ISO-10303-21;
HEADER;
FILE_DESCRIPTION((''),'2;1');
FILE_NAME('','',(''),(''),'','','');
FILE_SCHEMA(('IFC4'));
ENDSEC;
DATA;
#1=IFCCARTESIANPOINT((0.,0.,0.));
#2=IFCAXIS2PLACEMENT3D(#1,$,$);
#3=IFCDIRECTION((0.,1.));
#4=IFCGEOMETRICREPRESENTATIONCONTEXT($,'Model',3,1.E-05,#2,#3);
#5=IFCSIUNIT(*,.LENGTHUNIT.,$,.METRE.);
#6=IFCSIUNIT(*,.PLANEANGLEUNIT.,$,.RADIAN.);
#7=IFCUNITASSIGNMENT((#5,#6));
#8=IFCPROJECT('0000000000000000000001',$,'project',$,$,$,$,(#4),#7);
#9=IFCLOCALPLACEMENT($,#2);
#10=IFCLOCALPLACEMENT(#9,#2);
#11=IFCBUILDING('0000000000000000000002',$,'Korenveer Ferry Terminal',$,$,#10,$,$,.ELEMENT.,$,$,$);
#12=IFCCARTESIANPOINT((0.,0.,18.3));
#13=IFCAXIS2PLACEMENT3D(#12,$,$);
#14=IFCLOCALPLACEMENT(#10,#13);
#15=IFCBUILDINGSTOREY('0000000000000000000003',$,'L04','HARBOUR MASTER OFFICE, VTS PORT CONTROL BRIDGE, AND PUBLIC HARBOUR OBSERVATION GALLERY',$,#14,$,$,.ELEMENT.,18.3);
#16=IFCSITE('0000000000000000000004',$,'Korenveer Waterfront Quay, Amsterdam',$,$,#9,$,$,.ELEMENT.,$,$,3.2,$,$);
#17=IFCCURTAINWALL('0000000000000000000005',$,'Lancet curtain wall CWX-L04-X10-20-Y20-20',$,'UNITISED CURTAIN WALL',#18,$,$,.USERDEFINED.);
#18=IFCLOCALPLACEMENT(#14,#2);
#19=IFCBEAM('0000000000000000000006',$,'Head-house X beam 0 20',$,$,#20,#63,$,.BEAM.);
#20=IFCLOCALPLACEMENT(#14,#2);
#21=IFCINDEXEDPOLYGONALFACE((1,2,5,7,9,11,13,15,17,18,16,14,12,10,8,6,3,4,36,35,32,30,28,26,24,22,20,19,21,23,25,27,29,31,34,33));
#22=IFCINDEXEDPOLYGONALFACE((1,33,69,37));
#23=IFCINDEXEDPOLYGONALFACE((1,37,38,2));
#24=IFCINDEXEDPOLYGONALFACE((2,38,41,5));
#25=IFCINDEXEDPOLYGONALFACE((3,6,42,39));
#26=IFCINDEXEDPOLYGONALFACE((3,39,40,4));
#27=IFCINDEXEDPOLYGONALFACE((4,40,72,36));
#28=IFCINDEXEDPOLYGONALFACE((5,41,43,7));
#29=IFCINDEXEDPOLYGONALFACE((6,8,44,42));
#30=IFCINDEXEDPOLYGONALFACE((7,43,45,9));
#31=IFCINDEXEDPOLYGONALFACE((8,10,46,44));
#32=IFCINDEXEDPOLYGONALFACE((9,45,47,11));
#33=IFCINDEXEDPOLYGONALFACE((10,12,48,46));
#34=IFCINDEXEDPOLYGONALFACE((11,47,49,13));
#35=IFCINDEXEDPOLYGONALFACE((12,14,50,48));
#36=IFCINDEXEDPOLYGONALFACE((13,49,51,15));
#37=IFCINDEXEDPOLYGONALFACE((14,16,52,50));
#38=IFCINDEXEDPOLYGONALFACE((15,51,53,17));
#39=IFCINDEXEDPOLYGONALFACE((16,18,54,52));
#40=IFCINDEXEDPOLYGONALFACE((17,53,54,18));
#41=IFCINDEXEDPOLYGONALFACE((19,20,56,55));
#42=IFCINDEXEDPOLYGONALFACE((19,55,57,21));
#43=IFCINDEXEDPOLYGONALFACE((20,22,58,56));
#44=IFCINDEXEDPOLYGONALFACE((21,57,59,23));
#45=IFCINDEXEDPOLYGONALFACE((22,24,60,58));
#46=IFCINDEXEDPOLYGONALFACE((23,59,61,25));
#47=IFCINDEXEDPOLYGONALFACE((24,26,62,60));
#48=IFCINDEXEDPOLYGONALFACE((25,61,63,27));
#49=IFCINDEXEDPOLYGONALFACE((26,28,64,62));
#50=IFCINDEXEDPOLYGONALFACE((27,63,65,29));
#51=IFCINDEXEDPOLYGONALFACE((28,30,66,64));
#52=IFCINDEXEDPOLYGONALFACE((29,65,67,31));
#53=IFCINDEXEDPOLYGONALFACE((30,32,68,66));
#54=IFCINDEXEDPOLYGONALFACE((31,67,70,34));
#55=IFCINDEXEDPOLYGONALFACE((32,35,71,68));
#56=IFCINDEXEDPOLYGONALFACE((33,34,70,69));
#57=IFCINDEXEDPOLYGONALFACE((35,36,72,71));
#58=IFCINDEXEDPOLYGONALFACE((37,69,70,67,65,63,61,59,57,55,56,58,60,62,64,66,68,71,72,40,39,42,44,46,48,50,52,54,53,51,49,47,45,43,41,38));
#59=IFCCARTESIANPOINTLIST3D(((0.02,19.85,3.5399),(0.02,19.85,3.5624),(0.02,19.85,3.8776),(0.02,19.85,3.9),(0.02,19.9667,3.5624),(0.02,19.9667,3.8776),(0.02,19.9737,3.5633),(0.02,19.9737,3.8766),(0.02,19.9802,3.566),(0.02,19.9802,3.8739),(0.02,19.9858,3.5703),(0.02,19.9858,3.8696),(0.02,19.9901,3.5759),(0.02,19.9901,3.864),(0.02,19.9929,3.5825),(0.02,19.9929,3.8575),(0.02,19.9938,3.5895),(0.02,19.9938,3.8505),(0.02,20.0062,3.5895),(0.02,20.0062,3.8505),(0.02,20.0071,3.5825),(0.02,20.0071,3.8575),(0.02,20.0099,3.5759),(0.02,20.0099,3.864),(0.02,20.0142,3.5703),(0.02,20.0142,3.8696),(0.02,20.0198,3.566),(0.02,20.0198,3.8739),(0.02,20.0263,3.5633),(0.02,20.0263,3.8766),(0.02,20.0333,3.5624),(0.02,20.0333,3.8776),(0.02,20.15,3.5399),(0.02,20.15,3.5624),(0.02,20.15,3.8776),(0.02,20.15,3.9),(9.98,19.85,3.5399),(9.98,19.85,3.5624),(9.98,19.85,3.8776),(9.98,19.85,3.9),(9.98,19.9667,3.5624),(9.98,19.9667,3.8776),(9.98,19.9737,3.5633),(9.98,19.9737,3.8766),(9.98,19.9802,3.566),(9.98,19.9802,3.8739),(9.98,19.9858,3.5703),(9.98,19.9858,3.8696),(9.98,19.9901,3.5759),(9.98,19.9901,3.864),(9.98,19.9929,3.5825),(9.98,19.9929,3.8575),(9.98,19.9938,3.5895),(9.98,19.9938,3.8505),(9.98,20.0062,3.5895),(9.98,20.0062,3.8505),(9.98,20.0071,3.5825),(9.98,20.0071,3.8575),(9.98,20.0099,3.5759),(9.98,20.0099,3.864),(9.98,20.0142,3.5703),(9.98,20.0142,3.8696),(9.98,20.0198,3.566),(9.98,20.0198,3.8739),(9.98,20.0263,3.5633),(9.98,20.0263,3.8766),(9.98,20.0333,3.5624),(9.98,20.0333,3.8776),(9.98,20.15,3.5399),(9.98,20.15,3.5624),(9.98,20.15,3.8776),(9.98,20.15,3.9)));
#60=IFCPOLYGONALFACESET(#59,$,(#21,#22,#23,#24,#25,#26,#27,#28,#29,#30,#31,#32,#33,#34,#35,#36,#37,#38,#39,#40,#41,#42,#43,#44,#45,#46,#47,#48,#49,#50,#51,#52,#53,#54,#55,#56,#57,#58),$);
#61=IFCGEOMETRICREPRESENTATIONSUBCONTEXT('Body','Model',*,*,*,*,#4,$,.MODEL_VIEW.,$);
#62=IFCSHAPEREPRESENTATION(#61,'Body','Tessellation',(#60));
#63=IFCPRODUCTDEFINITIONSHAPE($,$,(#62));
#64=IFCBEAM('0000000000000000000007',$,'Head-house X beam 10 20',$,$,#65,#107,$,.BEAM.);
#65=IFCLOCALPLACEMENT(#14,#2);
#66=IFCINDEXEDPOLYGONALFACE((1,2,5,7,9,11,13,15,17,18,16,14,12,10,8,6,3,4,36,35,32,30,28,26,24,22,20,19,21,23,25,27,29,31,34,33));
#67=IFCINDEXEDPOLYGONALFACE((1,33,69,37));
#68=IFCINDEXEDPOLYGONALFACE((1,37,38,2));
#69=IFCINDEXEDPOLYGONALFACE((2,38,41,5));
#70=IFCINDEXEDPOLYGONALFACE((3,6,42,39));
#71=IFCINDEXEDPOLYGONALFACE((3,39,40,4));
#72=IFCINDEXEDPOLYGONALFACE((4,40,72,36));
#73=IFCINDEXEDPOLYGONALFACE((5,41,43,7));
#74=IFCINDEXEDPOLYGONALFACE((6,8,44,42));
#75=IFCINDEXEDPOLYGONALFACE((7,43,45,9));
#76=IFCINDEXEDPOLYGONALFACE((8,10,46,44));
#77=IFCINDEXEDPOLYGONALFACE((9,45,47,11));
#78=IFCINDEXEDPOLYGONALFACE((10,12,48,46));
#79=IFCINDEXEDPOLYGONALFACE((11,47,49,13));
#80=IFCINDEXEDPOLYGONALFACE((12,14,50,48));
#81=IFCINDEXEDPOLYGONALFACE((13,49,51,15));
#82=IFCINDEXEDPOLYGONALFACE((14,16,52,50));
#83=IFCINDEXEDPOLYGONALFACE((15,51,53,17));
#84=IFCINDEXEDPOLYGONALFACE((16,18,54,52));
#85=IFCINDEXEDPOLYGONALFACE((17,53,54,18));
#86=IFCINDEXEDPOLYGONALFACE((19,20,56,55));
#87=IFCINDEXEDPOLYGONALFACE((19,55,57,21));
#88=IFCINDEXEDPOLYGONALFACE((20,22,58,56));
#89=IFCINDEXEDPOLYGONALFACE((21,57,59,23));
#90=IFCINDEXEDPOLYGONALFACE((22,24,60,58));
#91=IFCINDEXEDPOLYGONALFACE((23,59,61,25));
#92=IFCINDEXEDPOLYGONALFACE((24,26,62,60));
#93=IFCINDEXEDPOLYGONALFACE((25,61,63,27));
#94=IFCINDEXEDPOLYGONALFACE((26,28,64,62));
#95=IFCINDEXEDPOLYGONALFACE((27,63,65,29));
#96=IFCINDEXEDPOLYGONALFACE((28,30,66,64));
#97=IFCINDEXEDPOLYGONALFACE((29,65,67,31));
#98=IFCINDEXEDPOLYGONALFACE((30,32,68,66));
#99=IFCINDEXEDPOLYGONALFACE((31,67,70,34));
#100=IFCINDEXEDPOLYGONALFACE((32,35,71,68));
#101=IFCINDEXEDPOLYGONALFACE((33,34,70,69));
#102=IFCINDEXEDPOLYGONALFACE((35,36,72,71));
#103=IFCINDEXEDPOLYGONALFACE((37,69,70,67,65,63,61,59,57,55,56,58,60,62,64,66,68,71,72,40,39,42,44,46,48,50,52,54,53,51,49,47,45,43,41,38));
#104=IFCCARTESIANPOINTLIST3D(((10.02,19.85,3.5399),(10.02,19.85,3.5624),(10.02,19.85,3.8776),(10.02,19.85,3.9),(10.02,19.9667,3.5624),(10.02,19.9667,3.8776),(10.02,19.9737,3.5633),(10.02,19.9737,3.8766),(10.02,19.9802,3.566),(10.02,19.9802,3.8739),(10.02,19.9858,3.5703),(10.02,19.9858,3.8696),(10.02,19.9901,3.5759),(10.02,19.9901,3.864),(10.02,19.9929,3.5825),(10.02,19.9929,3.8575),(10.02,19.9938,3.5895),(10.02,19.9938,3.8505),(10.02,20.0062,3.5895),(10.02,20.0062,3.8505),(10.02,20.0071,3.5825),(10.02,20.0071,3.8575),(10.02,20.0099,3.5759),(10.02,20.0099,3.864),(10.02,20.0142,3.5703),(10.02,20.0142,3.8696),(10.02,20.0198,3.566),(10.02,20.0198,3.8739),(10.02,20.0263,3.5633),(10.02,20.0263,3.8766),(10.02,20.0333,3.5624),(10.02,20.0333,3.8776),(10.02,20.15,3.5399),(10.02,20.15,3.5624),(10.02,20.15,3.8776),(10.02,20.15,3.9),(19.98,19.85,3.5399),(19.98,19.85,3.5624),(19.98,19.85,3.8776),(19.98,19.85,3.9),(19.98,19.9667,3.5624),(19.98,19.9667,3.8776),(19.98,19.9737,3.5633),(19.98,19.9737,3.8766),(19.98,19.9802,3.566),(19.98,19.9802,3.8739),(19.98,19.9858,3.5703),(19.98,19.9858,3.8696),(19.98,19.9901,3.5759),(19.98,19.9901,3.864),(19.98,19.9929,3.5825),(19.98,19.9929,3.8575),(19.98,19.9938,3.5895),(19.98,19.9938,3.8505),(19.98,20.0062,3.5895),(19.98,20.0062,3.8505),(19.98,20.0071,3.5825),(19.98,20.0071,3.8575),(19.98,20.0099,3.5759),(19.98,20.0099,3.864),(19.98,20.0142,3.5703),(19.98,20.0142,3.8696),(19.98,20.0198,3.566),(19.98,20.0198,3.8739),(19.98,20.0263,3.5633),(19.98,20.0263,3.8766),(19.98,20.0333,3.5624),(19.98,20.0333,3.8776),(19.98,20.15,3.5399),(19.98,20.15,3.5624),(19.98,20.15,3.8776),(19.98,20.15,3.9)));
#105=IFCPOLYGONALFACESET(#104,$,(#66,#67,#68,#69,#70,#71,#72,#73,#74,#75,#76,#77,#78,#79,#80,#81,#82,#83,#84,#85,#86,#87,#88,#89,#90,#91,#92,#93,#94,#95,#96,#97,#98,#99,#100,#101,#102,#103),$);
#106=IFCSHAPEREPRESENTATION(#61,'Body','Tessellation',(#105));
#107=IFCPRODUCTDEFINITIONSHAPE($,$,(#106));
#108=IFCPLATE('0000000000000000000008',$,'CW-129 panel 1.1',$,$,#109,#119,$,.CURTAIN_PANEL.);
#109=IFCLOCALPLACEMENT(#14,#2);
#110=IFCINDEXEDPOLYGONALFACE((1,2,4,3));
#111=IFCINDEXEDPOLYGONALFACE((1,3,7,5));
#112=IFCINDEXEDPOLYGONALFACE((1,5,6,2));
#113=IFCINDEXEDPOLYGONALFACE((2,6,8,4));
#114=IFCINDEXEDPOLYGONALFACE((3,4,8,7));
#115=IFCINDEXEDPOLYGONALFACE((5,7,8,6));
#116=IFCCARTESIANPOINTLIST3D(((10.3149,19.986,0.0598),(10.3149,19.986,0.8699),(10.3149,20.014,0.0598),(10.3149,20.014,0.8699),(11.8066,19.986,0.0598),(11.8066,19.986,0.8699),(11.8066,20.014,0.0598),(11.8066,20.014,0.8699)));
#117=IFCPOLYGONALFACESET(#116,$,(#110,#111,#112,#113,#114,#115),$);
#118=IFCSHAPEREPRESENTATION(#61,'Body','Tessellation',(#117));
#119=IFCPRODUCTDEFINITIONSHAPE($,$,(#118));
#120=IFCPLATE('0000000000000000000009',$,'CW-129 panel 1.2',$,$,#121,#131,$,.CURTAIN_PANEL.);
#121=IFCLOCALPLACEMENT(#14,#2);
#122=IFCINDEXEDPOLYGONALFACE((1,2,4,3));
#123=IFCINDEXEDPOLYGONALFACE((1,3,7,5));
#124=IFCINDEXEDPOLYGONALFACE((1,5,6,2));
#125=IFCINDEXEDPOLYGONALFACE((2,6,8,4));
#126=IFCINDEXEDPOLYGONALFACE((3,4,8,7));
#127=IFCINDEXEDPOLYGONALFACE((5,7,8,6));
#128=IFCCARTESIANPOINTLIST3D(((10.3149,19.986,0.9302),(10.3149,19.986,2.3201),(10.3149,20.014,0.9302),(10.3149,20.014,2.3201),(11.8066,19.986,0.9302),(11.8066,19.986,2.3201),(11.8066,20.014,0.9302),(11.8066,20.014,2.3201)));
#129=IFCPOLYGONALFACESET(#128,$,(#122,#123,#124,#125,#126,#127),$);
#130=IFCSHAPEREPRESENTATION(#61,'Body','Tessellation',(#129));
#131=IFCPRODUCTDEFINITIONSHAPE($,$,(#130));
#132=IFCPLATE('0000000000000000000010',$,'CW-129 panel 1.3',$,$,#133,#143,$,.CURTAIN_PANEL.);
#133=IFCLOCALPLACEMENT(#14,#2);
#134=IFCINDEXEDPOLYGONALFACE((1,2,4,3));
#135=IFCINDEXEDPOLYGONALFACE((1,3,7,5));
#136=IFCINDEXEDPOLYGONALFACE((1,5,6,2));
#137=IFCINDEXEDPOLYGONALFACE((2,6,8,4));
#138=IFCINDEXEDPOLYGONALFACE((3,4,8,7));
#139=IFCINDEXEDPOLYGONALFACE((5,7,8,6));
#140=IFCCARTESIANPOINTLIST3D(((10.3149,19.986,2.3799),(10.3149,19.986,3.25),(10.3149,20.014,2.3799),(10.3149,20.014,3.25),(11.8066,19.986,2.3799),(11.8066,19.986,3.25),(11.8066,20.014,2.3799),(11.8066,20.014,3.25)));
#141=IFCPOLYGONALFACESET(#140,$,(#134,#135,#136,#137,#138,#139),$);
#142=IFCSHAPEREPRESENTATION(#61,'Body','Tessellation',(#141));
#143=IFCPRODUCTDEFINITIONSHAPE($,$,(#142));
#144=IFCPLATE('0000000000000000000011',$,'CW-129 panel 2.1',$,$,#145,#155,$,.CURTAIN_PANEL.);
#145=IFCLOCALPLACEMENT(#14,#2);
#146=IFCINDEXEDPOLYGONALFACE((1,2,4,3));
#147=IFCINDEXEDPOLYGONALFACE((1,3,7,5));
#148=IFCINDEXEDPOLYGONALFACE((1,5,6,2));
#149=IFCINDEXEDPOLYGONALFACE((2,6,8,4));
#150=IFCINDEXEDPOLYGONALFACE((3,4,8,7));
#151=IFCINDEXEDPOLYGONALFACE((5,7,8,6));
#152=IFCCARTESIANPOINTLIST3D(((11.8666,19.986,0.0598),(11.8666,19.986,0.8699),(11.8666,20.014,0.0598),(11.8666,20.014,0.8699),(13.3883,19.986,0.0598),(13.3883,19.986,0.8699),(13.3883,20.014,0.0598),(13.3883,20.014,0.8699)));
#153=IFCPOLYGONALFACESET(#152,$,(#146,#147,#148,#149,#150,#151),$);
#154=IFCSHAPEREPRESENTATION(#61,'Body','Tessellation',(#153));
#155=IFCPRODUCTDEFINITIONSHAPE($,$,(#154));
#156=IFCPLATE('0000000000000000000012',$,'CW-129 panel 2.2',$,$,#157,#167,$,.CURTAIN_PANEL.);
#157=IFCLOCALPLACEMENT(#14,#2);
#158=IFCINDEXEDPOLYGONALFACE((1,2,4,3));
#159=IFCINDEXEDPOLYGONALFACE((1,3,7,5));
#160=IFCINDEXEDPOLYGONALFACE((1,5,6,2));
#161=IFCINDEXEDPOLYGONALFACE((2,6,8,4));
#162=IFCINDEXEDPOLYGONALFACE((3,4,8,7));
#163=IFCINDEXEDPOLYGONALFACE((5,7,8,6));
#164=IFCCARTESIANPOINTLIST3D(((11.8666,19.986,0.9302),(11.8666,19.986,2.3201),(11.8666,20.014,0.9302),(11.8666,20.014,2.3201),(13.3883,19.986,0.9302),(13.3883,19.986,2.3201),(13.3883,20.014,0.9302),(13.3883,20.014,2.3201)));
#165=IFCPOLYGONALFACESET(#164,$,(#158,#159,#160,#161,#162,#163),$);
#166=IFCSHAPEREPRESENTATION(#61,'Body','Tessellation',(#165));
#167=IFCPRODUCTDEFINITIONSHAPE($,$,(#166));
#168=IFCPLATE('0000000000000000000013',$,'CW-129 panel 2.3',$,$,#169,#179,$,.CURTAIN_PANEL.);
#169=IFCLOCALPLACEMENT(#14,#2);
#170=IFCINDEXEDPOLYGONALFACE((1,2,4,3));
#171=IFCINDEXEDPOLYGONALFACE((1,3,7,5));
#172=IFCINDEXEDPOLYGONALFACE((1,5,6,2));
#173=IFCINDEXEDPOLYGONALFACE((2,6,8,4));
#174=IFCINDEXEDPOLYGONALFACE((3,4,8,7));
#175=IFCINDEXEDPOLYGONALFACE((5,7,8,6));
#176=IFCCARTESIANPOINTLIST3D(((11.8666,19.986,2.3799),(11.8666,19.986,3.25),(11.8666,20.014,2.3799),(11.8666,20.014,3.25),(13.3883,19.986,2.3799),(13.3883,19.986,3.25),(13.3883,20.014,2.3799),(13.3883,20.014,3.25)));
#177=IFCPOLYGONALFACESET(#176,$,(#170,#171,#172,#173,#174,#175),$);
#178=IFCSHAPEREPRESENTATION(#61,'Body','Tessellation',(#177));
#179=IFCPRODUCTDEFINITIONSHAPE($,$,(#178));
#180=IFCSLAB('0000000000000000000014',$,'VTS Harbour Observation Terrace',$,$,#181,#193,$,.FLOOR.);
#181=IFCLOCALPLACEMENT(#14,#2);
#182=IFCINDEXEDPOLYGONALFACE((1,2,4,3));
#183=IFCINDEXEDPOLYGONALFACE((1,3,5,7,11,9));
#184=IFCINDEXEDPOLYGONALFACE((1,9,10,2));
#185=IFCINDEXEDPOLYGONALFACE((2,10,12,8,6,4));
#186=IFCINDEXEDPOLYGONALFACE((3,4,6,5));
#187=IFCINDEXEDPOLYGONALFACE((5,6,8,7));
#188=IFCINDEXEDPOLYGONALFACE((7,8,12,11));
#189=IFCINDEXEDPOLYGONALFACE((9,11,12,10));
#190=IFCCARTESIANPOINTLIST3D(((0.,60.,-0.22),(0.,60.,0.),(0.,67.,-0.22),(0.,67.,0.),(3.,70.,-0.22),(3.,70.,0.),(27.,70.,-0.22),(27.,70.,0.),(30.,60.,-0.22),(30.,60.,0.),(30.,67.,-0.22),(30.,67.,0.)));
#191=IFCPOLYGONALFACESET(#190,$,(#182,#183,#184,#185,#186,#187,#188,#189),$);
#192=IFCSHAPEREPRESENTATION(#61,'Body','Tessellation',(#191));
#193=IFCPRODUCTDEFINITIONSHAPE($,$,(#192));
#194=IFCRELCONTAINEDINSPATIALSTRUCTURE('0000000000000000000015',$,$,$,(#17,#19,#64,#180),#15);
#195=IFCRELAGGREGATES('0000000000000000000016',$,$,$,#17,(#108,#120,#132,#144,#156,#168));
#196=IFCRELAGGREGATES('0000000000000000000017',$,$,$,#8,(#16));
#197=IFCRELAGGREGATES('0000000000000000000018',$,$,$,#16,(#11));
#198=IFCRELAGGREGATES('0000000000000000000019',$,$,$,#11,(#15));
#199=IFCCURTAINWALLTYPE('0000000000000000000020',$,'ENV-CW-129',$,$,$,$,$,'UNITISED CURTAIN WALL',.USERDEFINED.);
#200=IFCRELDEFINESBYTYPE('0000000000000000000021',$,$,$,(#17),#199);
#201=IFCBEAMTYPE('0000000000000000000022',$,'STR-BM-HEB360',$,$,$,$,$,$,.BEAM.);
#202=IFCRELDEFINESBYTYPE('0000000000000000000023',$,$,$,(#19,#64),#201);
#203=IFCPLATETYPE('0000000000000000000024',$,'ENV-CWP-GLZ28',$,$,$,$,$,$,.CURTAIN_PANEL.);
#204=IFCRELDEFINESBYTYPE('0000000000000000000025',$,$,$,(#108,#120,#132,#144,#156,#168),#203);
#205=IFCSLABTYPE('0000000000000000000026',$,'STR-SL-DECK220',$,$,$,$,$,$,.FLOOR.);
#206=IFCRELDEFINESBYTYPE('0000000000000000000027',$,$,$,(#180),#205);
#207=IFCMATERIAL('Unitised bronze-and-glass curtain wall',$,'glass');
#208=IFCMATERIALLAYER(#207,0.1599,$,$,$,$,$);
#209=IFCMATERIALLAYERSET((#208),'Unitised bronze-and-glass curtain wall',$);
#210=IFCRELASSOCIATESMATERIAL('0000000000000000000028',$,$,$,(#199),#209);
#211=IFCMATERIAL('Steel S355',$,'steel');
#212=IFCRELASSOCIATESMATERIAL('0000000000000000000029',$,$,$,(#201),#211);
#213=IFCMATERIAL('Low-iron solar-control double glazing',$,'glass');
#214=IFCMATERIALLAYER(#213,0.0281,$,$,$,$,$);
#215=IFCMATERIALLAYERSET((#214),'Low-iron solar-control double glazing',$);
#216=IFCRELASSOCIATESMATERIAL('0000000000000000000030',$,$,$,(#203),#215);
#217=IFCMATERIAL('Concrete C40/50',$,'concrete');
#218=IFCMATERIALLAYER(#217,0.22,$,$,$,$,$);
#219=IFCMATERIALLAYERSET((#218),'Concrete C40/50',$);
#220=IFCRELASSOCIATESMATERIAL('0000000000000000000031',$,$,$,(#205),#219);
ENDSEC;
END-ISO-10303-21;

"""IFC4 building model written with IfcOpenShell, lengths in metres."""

from ifc_helpers import new_model, si_unit, direction, frame, origin, origin_2d, place, context, subcontext, project, spatial, polyline, rectangle, i_section, outline, extrude, material, layer, layer_set, material_profile, profile_set, type_object, element, aggregate, save


model = new_model("IFC4")

# Units and contexts
model_context = context("Model", 3, precision=1e-05, world=origin(), true_north=direction((0.0, 1.0)))
body_context = subcontext(model_context, "Body", "Model", "MODEL_VIEW")
ifc_project = project(units=[si_unit("LENGTHUNIT", "METRE"), si_unit("PLANEANGLEUNIT", "RADIAN")], contexts=[model_context])

# Site, building, storey
site_placement = place(None, origin())
site = spatial("IfcSite", under=ifc_project, at=site_placement, Name="Korenveer Waterfront Quay, Amsterdam", CompositionType="ELEMENT", RefElevation=3.2)
building_placement = place(site_placement, origin())
building = spatial("IfcBuilding", under=site, at=building_placement, Name="Korenveer Ferry Terminal", CompositionType="ELEMENT")
storey_placement = place(building_placement, frame((0.0, 0.0, 18.3)))
storey = spatial("IfcBuildingStorey", under=building, at=storey_placement, Name="L04", Description="HARBOUR MASTER OFFICE, VTS PORT CONTROL BRIDGE, AND PUBLIC HARBOUR OBSERVATION GALLERY", CompositionType="ELEMENT", Elevation=18.3)

# Curtain wall
ifc_material_1 = material(Name="Unitised bronze-and-glass curtain wall", Category="glass")
ifc_layer_1 = layer(ifc_material_1, 0.1599)
ifc_layer_set_1 = layer_set([ifc_layer_1], Name="Unitised bronze-and-glass curtain wall")
curtain_wall_type = type_object("IfcCurtainWallType", Name="ENV-CW-129", ElementType="UNITISED CURTAIN WALL", PredefinedType="USERDEFINED", material=ifc_layer_set_1)
curtain_wall_placement = place(storey_placement, frame((10.2549, 20.0, 0.0)))
curtain_wall = element("IfcCurtainWall", 1, at=curtain_wall_placement, inside=storey, type_object=curtain_wall_type, Name="Lancet curtain wall CWX-L04-X10-20-Y20-20", ObjectType="UNITISED CURTAIN WALL", PredefinedType="USERDEFINED")

# Beams
ifc_material_2 = material(Name="Steel S355", Category="steel")
ifc_material_profile_1 = material_profile(ifc_material_2, i_section(OverallWidth=0.3, OverallDepth=0.3601, WebThickness=0.0125, FlangeThickness=0.0225, FilletRadius=0.0271, at=origin_2d()), Name="HEB 360")
ifc_profile_set_1 = profile_set([ifc_material_profile_1], Name="Steel S355")
beam_type = type_object("IfcBeamType", Name="STR-BM-HEB360", PredefinedType="BEAM", material=ifc_profile_set_1)
for number, where, z_axis, x_axis, name in (
    (2, (0.02, 20.0, 3.72), (1.0, 0.0, 0.0), (0.0, 1.0, 0.0), "Head-house X beam 0 20"),
    (3, (10.02, 20.0, 3.72), (1.0, 0.0, 0.0), (0.0, 1.0, 0.0), "Head-house X beam 10 20"),
):
    element("IfcBeam", number, at=place(storey_placement, frame(where, z_axis=z_axis, x_axis=x_axis)), inside=storey, type_object=beam_type, Name=name, PredefinedType="BEAM", context=body_context, shape_type="SweptSolid", body=[
        extrude(i_section(OverallWidth=0.3, OverallDepth=0.3601, WebThickness=0.0125, FlangeThickness=0.0225, FilletRadius=0.0271, at=origin_2d()), origin(), (0.0, 0.0, 1.0), 9.96),
    ])

# Plates
ifc_material_3 = material(Name="Low-iron solar-control double glazing", Category="glass")
ifc_layer_2 = layer(ifc_material_3, 0.0281)
ifc_layer_set_2 = layer_set([ifc_layer_2], Name="Low-iron solar-control double glazing")
plate_type = type_object("IfcPlateType", Name="ENV-CWP-GLZ28", PredefinedType="CURTAIN_PANEL", material=ifc_layer_set_2)
plate_1_placement = place(storey_placement, frame((11.0608, 20.0, 0.0598), z_axis=(0.0, 0.0, 1.0), x_axis=(1.0, 0.0, 0.0)))
plate_1 = element("IfcPlate", 4, at=plate_1_placement, type_object=plate_type, Name="CW-129 panel 1.1", PredefinedType="CURTAIN_PANEL", context=body_context, shape_type="SweptSolid", body=[
    extrude(rectangle(XDim=1.4917, YDim=0.0281, at=origin_2d()), origin(), (0.0, 0.0, 1.0), 0.8101),
])
plate_2_placement = place(storey_placement, frame((11.0608, 20.0, 0.9302), z_axis=(0.0, 0.0, 1.0), x_axis=(1.0, 0.0, 0.0)))
plate_2 = element("IfcPlate", 5, at=plate_2_placement, type_object=plate_type, Name="CW-129 panel 1.2", PredefinedType="CURTAIN_PANEL", context=body_context, shape_type="SweptSolid", body=[
    extrude(rectangle(XDim=1.4917, YDim=0.0281, at=origin_2d()), origin(), (0.0, 0.0, 1.0), 1.3899),
])
plate_3_placement = place(storey_placement, frame((11.0608, 20.0, 2.3799), z_axis=(0.0, 0.0, 1.0), x_axis=(1.0, 0.0, 0.0)))
plate_3 = element("IfcPlate", 6, at=plate_3_placement, type_object=plate_type, Name="CW-129 panel 1.3", PredefinedType="CURTAIN_PANEL", context=body_context, shape_type="SweptSolid", body=[
    extrude(rectangle(XDim=1.4917, YDim=0.0281, at=origin_2d()), origin(), (0.0, 0.0, 1.0), 0.8701),
])
plate_4_placement = place(storey_placement, frame((12.6274, 20.0, 0.0598), z_axis=(0.0, 0.0, 1.0), x_axis=(1.0, 0.0, 0.0)))
plate_4 = element("IfcPlate", 7, at=plate_4_placement, type_object=plate_type, Name="CW-129 panel 2.1", PredefinedType="CURTAIN_PANEL", context=body_context, shape_type="SweptSolid", body=[
    extrude(rectangle(XDim=1.5217, YDim=0.0281, at=origin_2d()), origin(), (0.0, 0.0, 1.0), 0.8101),
])
plate_5_placement = place(storey_placement, frame((12.6274, 20.0, 0.9302), z_axis=(0.0, 0.0, 1.0), x_axis=(1.0, 0.0, 0.0)))
plate_5 = element("IfcPlate", 8, at=plate_5_placement, type_object=plate_type, Name="CW-129 panel 2.2", PredefinedType="CURTAIN_PANEL", context=body_context, shape_type="SweptSolid", body=[
    extrude(rectangle(XDim=1.5217, YDim=0.0281, at=origin_2d()), origin(), (0.0, 0.0, 1.0), 1.3899),
])
plate_6_placement = place(storey_placement, frame((12.6274, 20.0, 2.3799), z_axis=(0.0, 0.0, 1.0), x_axis=(1.0, 0.0, 0.0)))
plate_6 = element("IfcPlate", 9, at=plate_6_placement, type_object=plate_type, Name="CW-129 panel 2.3", PredefinedType="CURTAIN_PANEL", context=body_context, shape_type="SweptSolid", body=[
    extrude(rectangle(XDim=1.5217, YDim=0.0281, at=origin_2d()), origin(), (0.0, 0.0, 1.0), 0.8701),
])
aggregate(curtain_wall, [plate_1, plate_2, plate_3, plate_4, plate_5, plate_6])

# Slab
ifc_material_4 = material(Name="Concrete C40/50", Category="concrete")
ifc_layer_3 = layer(ifc_material_4, 0.22)
ifc_layer_set_3 = layer_set([ifc_layer_3], Name="Concrete C40/50")
slab_type_1 = type_object("IfcSlabType", Name="STR-SL-DECK220", PredefinedType="FLOOR", material=ifc_layer_set_3)
slab_1_placement = place(storey_placement, frame((0.0, 0.0, -0.22)))
element("IfcSlab", 10, at=slab_1_placement, inside=storey, type_object=slab_type_1, Name="VTS Harbour Observation Terrace", PredefinedType="FLOOR", context=body_context, shape_type="SweptSolid", body=[
    extrude(outline(polyline([(0.0, 60.0), (30.0, 60.0), (30.0, 67.0), (27.0, 70.0), (3.0, 70.0), (0.0, 67.0), (0.0, 60.0)])), origin(), (0.0, 0.0, 1.0), 0.22),
])

save(model, "model.ifc")
